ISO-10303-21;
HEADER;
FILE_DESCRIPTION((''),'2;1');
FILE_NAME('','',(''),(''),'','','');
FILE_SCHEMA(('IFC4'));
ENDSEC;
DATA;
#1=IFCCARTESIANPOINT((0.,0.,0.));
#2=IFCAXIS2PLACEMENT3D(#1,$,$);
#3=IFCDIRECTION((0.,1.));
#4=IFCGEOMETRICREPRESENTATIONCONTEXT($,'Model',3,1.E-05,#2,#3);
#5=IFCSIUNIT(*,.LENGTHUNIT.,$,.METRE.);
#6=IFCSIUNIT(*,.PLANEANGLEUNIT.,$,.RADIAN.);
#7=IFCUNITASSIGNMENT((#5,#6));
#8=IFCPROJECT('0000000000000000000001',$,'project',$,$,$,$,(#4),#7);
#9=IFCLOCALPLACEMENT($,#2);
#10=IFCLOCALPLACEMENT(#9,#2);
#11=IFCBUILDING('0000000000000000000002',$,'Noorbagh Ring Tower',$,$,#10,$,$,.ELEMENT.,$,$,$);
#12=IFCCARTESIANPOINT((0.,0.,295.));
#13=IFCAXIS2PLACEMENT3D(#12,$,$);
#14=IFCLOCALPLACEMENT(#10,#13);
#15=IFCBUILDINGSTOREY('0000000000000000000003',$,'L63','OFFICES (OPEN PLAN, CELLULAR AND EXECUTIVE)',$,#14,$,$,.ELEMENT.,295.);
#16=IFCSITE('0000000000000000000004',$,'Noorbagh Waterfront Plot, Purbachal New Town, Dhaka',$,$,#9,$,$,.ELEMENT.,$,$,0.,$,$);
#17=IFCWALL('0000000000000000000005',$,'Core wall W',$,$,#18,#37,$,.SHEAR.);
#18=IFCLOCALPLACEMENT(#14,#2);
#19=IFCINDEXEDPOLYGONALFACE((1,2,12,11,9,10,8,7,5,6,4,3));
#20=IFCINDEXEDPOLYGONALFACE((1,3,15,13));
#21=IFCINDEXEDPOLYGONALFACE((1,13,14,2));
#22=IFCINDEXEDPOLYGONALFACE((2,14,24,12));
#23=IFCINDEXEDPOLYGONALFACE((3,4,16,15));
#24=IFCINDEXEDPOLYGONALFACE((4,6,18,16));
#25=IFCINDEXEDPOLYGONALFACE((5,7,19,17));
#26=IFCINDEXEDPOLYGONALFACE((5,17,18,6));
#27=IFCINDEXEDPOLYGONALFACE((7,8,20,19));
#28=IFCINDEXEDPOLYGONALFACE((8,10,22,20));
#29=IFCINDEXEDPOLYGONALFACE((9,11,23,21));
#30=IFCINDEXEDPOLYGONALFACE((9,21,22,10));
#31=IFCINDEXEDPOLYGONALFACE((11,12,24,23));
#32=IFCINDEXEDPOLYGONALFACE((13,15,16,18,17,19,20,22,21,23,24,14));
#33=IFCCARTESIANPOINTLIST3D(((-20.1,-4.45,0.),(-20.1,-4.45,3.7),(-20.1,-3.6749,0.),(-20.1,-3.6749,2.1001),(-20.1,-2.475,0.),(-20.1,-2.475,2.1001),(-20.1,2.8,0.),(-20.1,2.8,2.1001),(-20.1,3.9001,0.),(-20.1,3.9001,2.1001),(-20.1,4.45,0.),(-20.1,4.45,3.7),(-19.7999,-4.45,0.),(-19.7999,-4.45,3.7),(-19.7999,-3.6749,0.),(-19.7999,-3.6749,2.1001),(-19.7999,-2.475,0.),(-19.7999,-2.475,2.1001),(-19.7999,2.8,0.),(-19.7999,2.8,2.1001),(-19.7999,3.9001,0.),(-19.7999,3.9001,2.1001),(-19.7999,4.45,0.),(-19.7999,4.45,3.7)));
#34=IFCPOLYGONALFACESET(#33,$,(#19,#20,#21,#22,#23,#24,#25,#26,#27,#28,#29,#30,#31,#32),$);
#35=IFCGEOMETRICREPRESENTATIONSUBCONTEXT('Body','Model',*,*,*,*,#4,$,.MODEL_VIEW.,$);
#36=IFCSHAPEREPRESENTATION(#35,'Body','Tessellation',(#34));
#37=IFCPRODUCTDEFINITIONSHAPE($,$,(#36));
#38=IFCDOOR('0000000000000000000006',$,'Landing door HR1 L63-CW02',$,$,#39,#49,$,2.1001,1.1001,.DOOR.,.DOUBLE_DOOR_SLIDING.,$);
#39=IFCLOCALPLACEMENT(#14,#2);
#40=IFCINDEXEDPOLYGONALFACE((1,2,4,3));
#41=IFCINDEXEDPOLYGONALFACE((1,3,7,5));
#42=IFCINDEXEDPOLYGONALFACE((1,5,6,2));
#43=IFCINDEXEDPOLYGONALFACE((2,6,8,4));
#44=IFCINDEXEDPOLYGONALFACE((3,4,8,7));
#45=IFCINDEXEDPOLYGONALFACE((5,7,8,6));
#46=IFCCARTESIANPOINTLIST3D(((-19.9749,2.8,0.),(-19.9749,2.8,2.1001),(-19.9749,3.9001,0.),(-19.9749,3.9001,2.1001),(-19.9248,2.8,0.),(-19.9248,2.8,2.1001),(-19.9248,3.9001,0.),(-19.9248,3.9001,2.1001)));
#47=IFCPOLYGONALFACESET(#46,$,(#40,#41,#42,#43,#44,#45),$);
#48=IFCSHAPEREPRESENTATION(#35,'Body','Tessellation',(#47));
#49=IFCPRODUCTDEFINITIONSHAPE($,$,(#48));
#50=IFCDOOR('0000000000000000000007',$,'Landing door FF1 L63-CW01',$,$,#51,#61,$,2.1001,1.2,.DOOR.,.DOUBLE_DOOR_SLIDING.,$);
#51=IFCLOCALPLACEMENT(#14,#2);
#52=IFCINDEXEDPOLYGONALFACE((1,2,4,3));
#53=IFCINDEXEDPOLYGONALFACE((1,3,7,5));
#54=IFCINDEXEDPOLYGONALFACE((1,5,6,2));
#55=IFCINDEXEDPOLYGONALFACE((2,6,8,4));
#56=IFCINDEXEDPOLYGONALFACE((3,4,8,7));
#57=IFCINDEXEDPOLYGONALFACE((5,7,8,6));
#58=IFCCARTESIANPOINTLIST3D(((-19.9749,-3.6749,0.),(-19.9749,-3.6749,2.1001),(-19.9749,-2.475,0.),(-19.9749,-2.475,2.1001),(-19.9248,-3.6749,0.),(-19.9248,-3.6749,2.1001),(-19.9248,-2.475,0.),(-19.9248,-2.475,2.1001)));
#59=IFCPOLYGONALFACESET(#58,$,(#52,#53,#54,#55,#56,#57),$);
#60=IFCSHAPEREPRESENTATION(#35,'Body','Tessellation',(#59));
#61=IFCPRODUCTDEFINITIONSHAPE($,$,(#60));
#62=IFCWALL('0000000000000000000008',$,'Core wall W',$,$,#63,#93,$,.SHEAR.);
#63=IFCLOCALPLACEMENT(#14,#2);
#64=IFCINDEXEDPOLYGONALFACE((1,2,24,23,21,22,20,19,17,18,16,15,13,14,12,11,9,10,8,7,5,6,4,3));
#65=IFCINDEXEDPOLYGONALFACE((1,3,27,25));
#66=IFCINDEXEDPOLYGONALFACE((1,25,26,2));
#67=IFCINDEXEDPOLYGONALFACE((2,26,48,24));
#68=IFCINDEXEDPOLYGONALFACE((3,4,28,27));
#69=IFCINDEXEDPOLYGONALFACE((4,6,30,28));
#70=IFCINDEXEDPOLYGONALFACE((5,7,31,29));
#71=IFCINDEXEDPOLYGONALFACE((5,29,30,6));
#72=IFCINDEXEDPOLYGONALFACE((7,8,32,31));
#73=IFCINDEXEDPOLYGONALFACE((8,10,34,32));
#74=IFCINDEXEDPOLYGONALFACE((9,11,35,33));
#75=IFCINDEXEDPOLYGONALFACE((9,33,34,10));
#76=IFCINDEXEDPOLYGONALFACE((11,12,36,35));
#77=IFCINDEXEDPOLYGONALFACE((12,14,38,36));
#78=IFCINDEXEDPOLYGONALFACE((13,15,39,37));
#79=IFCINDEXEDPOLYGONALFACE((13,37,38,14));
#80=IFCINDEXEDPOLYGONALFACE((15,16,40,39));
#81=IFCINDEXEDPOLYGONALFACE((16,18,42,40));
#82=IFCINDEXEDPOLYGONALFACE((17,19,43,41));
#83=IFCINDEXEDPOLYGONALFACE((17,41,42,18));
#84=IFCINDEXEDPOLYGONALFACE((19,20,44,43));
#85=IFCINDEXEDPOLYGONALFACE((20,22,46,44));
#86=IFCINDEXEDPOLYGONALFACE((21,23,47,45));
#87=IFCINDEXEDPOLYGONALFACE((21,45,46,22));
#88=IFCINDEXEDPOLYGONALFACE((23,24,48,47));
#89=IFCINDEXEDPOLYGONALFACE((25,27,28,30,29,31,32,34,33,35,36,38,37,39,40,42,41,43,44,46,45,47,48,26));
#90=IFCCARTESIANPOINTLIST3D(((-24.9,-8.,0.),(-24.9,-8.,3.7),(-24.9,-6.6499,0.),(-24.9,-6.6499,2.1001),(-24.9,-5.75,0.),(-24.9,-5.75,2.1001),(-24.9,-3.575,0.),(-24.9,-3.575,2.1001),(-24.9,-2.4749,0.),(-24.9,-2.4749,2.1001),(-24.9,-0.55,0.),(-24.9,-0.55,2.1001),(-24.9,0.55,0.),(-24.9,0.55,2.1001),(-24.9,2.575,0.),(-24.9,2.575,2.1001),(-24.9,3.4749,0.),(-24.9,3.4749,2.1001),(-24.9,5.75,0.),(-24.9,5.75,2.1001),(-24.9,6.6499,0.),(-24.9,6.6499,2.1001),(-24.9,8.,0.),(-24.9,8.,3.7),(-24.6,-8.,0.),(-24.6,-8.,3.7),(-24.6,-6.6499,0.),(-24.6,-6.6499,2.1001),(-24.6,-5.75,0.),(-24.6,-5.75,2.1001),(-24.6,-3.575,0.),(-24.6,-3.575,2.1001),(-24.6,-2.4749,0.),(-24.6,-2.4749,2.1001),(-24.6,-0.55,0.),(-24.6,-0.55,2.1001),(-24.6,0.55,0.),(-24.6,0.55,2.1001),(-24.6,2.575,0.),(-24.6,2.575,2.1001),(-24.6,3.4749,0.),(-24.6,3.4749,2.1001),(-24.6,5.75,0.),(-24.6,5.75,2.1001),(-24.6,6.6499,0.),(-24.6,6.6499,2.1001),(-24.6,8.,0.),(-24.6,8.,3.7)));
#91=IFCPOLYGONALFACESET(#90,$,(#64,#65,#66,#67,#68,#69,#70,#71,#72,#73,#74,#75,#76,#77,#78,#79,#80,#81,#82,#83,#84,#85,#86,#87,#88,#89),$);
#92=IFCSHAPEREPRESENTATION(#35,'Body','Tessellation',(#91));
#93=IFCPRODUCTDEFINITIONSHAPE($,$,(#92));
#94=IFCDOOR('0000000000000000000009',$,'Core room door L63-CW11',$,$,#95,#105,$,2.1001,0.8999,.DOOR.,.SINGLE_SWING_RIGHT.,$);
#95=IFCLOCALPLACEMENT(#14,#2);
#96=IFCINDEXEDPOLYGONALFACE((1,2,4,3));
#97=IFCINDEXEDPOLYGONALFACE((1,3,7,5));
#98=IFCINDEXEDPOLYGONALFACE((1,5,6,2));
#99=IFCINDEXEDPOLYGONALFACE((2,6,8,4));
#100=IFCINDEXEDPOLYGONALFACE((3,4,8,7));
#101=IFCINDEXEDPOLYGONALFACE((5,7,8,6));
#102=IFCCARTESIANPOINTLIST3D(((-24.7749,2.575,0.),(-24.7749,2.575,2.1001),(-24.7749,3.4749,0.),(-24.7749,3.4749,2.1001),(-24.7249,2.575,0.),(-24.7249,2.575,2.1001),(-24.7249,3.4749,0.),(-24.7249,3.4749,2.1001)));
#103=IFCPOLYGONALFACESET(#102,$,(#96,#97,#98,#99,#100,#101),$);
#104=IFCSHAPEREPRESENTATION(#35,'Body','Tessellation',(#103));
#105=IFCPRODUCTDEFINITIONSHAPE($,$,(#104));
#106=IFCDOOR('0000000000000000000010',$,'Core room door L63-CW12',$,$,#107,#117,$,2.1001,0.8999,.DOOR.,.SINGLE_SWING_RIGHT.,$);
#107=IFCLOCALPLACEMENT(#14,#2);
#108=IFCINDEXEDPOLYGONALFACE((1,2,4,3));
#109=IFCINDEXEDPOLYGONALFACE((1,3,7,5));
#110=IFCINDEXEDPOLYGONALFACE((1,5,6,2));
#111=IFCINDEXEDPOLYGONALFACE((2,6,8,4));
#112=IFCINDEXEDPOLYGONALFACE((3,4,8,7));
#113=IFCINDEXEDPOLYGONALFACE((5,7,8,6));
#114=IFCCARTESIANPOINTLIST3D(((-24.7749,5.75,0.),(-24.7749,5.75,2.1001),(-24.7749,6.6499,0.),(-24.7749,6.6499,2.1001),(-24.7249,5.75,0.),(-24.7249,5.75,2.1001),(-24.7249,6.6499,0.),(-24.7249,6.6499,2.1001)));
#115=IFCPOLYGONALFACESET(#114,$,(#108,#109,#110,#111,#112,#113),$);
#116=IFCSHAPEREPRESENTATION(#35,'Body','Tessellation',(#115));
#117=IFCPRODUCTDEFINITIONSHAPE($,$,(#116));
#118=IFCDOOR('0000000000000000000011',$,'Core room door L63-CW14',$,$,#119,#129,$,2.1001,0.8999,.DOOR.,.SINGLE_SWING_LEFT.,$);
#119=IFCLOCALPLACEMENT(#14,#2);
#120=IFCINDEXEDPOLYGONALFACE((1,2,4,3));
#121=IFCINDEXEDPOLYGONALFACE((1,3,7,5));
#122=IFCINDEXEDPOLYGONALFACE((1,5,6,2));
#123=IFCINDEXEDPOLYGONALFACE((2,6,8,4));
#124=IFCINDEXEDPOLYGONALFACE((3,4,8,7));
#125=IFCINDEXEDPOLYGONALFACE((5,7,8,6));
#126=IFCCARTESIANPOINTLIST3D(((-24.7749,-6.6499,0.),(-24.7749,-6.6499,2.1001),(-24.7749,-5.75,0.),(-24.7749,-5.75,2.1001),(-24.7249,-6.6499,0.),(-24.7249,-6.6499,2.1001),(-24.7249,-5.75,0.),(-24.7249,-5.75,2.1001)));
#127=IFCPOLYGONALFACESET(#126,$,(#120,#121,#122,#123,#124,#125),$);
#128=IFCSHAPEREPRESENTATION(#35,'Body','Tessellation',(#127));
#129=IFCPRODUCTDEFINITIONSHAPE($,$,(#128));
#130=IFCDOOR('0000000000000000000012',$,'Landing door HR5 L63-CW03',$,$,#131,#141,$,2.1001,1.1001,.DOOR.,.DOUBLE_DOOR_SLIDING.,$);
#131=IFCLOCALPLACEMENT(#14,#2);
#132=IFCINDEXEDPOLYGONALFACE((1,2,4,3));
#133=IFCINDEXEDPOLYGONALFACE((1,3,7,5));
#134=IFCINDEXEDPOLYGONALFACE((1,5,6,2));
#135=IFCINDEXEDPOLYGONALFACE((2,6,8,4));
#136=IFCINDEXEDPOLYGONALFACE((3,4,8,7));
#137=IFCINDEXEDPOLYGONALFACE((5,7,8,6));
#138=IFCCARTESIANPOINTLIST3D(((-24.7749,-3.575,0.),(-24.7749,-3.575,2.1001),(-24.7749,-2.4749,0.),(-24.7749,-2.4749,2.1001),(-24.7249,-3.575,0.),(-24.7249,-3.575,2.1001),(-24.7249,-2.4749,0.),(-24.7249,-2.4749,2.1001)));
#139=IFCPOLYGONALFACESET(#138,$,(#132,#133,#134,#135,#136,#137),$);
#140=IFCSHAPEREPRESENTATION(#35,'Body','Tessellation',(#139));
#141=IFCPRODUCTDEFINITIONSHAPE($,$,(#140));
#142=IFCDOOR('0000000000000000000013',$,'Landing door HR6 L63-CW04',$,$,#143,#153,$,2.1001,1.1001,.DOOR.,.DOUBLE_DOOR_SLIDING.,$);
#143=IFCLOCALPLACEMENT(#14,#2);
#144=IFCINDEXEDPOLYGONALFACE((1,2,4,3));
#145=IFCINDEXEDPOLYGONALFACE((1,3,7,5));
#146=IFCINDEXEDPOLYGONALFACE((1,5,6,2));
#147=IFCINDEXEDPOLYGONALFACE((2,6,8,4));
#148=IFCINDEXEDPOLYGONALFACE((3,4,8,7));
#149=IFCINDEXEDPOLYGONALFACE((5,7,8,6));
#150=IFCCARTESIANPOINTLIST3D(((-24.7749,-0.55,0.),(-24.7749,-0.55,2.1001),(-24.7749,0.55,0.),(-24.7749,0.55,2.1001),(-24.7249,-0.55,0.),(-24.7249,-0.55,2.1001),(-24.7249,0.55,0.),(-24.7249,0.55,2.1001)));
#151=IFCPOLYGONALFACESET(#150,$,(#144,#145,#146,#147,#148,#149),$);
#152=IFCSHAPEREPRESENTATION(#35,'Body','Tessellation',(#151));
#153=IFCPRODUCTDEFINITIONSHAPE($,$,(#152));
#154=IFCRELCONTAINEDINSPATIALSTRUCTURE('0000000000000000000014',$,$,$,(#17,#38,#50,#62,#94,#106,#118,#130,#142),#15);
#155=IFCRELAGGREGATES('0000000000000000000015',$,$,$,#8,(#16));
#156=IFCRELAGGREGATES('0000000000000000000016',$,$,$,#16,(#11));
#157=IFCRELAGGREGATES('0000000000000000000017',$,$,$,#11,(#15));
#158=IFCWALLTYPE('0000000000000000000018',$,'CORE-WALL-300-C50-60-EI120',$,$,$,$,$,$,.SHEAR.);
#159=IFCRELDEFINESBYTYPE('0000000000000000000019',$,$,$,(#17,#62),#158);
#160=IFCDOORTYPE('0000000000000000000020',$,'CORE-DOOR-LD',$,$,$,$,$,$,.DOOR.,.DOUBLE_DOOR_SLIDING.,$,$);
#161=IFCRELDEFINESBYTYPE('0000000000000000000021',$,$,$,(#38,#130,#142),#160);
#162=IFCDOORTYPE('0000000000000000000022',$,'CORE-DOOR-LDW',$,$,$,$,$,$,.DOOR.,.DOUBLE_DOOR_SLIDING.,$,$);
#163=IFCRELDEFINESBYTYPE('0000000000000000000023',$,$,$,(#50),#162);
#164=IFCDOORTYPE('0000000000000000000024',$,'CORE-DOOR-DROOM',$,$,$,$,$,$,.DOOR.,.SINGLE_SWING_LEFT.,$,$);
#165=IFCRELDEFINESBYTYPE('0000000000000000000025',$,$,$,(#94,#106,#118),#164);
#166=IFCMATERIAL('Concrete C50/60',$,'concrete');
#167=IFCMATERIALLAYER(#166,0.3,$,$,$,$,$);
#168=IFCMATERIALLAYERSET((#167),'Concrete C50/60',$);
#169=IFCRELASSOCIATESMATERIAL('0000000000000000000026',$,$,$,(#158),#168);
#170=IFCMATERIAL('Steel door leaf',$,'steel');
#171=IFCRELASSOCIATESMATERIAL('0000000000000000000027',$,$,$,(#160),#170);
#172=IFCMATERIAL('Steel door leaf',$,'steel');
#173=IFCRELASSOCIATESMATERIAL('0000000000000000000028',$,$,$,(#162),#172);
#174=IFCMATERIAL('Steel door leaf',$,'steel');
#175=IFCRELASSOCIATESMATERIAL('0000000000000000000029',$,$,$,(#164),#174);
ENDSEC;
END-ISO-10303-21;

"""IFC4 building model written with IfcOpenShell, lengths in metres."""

from ifc_helpers import new_model, si_unit, direction, frame, frame_2d, origin, place, context, subcontext, project, spatial, rectangle, extrude, material, layer, layer_set, type_object, element, fill, save


model = new_model("IFC4")

# Units and contexts
model_context = context("Model", 3, precision=1e-05, world=origin(), true_north=direction((0.0, 1.0)))
body_context = subcontext(model_context, "Body", "Model", "MODEL_VIEW")
ifc_project = project(units=[si_unit("LENGTHUNIT", "METRE"), si_unit("PLANEANGLEUNIT", "RADIAN")], contexts=[model_context])

# Site, building, storey
site_placement = place(None, origin())
site = spatial("IfcSite", under=ifc_project, at=site_placement, Name="Noorbagh Waterfront Plot, Purbachal New Town, Dhaka", CompositionType="ELEMENT", RefElevation=0.0)
building_placement = place(site_placement, origin())
building = spatial("IfcBuilding", under=site, at=building_placement, Name="Noorbagh Ring Tower", CompositionType="ELEMENT")
storey_placement = place(building_placement, frame((0.0, 0.0, 295.0)))
storey = spatial("IfcBuildingStorey", under=building, at=storey_placement, Name="L63", Description="OFFICES (OPEN PLAN, CELLULAR AND EXECUTIVE)", CompositionType="ELEMENT", Elevation=295.0)

# Shared definitions
ifc_material_1 = material(Name="Concrete C50/60", Category="concrete")
ifc_layer_1 = layer(ifc_material_1, 0.3)
ifc_layer_set_1 = layer_set([ifc_layer_1], Name="Concrete C50/60")
wall_type_1 = type_object("IfcWallType", Name="CORE-WALL-300-C50-60-EI120", PredefinedType="SHEAR", material=ifc_layer_set_1)

# Walls, openings, doors
wall_1_placement = place(storey_placement, frame((-19.95, -4.45, 0.0), z_axis=(0.0, 0.0, 1.0), x_axis=(0.0, 1.0, 0.0)))
wall_1 = element("IfcWall", 1, at=wall_1_placement, inside=storey, type_object=wall_type_1, Name="Core wall W", PredefinedType="SHEAR", context=body_context, shape_type="SweptSolid", body=[
    extrude(rectangle(XDim=8.8999, YDim=0.3, at=frame_2d((4.45, 0.0))), origin(), (0.0, 0.0, 1.0), 3.7),
])
opening_1_placement = place(wall_1_placement, frame((0.7749, 0.0, 0.0)))
opening_1 = element("IfcOpeningElement", 2, at=opening_1_placement, cuts=wall_1, PredefinedType="OPENING", context=body_context, shape_type="SweptSolid", body=[
    extrude(rectangle(XDim=1.2, YDim=2.1001, at=frame_2d((0.6001, 1.05))), frame((0.0, 0.1602, 0.0), z_axis=(0.0, -1.0, 0.0), x_axis=(1.0, 0.0, 0.0)), (0.0, 0.0, 1.0), 0.3201),
])
opening_2_placement = place(wall_1_placement, frame((7.25, 0.0, 0.0)))
opening_2 = element("IfcOpeningElement", 3, at=opening_2_placement, cuts=wall_1, PredefinedType="OPENING", context=body_context, shape_type="SweptSolid", body=[
    extrude(rectangle(XDim=1.1001, YDim=2.1001, at=frame_2d((0.55, 1.05))), frame((0.0, 0.1602, 0.0), z_axis=(0.0, -1.0, 0.0), x_axis=(1.0, 0.0, 0.0)), (0.0, 0.0, 1.0), 0.3201),
])
ifc_material_2 = material(Name="Steel door leaf", Category="steel")
door_type_1 = type_object("IfcDoorType", Name="CORE-DOOR-LD", OperationType="DOUBLE_DOOR_SLIDING", PredefinedType="DOOR", material=ifc_material_2)
door_1_placement = place(opening_2_placement, origin())
door_1 = element("IfcDoor", 4, at=door_1_placement, inside=storey, type_object=door_type_1, Name="Landing door HR1 L63-CW02", OperationType="DOUBLE_DOOR_SLIDING", OverallHeight=2.1001, OverallWidth=1.1001, PredefinedType="DOOR", context=body_context, shape_type="SweptSolid", body=[
    extrude(rectangle(XDim=1.1001, YDim=2.1001, at=frame_2d((0.55, 1.05))), frame((0.0, 0.0249, 0.0), z_axis=(0.0, -1.0, 0.0), x_axis=(1.0, 0.0, 0.0)), (0.0, 0.0, 1.0), 0.05),
])
fill(opening_2, door_1)
ifc_material_3 = material(Name="Steel door leaf", Category="steel")
door_type_2 = type_object("IfcDoorType", Name="CORE-DOOR-LDW", OperationType="DOUBLE_DOOR_SLIDING", PredefinedType="DOOR", material=ifc_material_3)
door_2_placement = place(opening_1_placement, origin())
door_2 = element("IfcDoor", 5, at=door_2_placement, inside=storey, type_object=door_type_2, Name="Landing door FF1 L63-CW01", OperationType="DOUBLE_DOOR_SLIDING", OverallHeight=2.1001, OverallWidth=1.2, PredefinedType="DOOR", context=body_context, shape_type="SweptSolid", body=[
    extrude(rectangle(XDim=1.2, YDim=2.1001, at=frame_2d((0.6001, 1.05))), frame((0.0, 0.0249, 0.0), z_axis=(0.0, -1.0, 0.0), x_axis=(1.0, 0.0, 0.0)), (0.0, 0.0, 1.0), 0.05),
])
fill(opening_1, door_2)
wall_2_placement = place(storey_placement, frame((-24.75, -8.0, 0.0), z_axis=(0.0, 0.0, 1.0), x_axis=(0.0, 1.0, 0.0)))
wall_2 = element("IfcWall", 6, at=wall_2_placement, inside=storey, type_object=wall_type_1, Name="Core wall W", PredefinedType="SHEAR", context=body_context, shape_type="SweptSolid", body=[
    extrude(rectangle(XDim=16.0, YDim=0.3, at=frame_2d((8.0, 0.0))), origin(), (0.0, 0.0, 1.0), 3.7),
])
opening_3_placement = place(wall_2_placement, frame((4.425, 0.0, 0.0)))
opening_3 = element("IfcOpeningElement", 7, at=opening_3_placement, cuts=wall_2, PredefinedType="OPENING", context=body_context, shape_type="SweptSolid", body=[
    extrude(rectangle(XDim=1.1001, YDim=2.1001, at=frame_2d((0.55, 1.05))), frame((0.0, 0.1602, 0.0), z_axis=(0.0, -1.0, 0.0), x_axis=(1.0, 0.0, 0.0)), (0.0, 0.0, 1.0), 0.3201),
])
opening_4_placement = place(wall_2_placement, frame((7.45, 0.0, 0.0)))
opening_4 = element("IfcOpeningElement", 8, at=opening_4_placement, cuts=wall_2, PredefinedType="OPENING", context=body_context, shape_type="SweptSolid", body=[
    extrude(rectangle(XDim=1.1001, YDim=2.1001, at=frame_2d((0.55, 1.05))), frame((0.0, 0.1602, 0.0), z_axis=(0.0, -1.0, 0.0), x_axis=(1.0, 0.0, 0.0)), (0.0, 0.0, 1.0), 0.3201),
])
opening_5_placement = place(wall_2_placement, frame((10.575, 0.0, 0.0)))
opening_5 = element("IfcOpeningElement", 9, at=opening_5_placement, cuts=wall_2, PredefinedType="OPENING", context=body_context, shape_type="SweptSolid", body=[
    extrude(rectangle(XDim=0.8999, YDim=2.1001, at=frame_2d((0.45, 1.05))), frame((0.0, 0.1602, 0.0), z_axis=(0.0, -1.0, 0.0), x_axis=(1.0, 0.0, 0.0)), (0.0, 0.0, 1.0), 0.3201),
])
opening_6_placement = place(wall_2_placement, frame((13.75, 0.0, 0.0)))
opening_6 = element("IfcOpeningElement", 10, at=opening_6_placement, cuts=wall_2, PredefinedType="OPENING", context=body_context, shape_type="SweptSolid", body=[
    extrude(rectangle(XDim=0.8999, YDim=2.1001, at=frame_2d((0.45, 1.05))), frame((0.0, 0.1602, 0.0), z_axis=(0.0, -1.0, 0.0), x_axis=(1.0, 0.0, 0.0)), (0.0, 0.0, 1.0), 0.3201),
])
opening_7_placement = place(wall_2_placement, frame((1.3501, 0.0, 0.0)))
opening_7 = element("IfcOpeningElement", 11, at=opening_7_placement, cuts=wall_2, PredefinedType="OPENING", context=body_context, shape_type="SweptSolid", body=[
    extrude(rectangle(XDim=0.8999, YDim=2.1001, at=frame_2d((0.45, 1.05))), frame((0.0, 0.1602, 0.0), z_axis=(0.0, -1.0, 0.0), x_axis=(1.0, 0.0, 0.0)), (0.0, 0.0, 1.0), 0.3201),
])
ifc_material_4 = material(Name="Steel door leaf", Category="steel")
door_type_3 = type_object("IfcDoorType", Name="CORE-DOOR-DROOM", OperationType="SINGLE_SWING_LEFT", PredefinedType="DOOR", material=ifc_material_4)
door_3_placement = place(opening_5_placement, origin())
door_3 = element("IfcDoor", 12, at=door_3_placement, inside=storey, type_object=door_type_3, Name="Core room door L63-CW11", OperationType="SINGLE_SWING_RIGHT", OverallHeight=2.1001, OverallWidth=0.8999, PredefinedType="DOOR", context=body_context, shape_type="SweptSolid", body=[
    extrude(rectangle(XDim=0.8999, YDim=2.1001, at=frame_2d((0.45, 1.05))), frame((0.0, 0.0249, 0.0), z_axis=(0.0, -1.0, 0.0), x_axis=(1.0, 0.0, 0.0)), (0.0, 0.0, 1.0), 0.05),
])
fill(opening_5, door_3)
door_4_placement = place(opening_6_placement, origin())
door_4 = element("IfcDoor", 13, at=door_4_placement, inside=storey, type_object=door_type_3, Name="Core room door L63-CW12", OperationType="SINGLE_SWING_RIGHT", OverallHeight=2.1001, OverallWidth=0.8999, PredefinedType="DOOR", context=body_context, shape_type="SweptSolid", body=[
    extrude(rectangle(XDim=0.8999, YDim=2.1001, at=frame_2d((0.45, 1.05))), frame((0.0, 0.0249, 0.0), z_axis=(0.0, -1.0, 0.0), x_axis=(1.0, 0.0, 0.0)), (0.0, 0.0, 1.0), 0.05),
])
fill(opening_6, door_4)
door_5_placement = place(opening_7_placement, origin())
door_5 = element("IfcDoor", 14, at=door_5_placement, inside=storey, type_object=door_type_3, Name="Core room door L63-CW14", OperationType="SINGLE_SWING_LEFT", OverallHeight=2.1001, OverallWidth=0.8999, PredefinedType="DOOR", context=body_context, shape_type="SweptSolid", body=[
    extrude(rectangle(XDim=0.8999, YDim=2.1001, at=frame_2d((0.45, 1.05))), frame((0.0, 0.0249, 0.0), z_axis=(0.0, -1.0, 0.0), x_axis=(1.0, 0.0, 0.0)), (0.0, 0.0, 1.0), 0.05),
])
fill(opening_7, door_5)
door_6_placement = place(opening_3_placement, origin())
door_6 = element("IfcDoor", 15, at=door_6_placement, inside=storey, type_object=door_type_1, Name="Landing door HR5 L63-CW03", OperationType="DOUBLE_DOOR_SLIDING", OverallHeight=2.1001, OverallWidth=1.1001, PredefinedType="DOOR", context=body_context, shape_type="SweptSolid", body=[
    extrude(rectangle(XDim=1.1001, YDim=2.1001, at=frame_2d((0.55, 1.05))), frame((0.0, 0.0249, 0.0), z_axis=(0.0, -1.0, 0.0), x_axis=(1.0, 0.0, 0.0)), (0.0, 0.0, 1.0), 0.05),
])
fill(opening_3, door_6)
door_7_placement = place(opening_4_placement, origin())
door_7 = element("IfcDoor", 16, at=door_7_placement, inside=storey, type_object=door_type_1, Name="Landing door HR6 L63-CW04", OperationType="DOUBLE_DOOR_SLIDING", OverallHeight=2.1001, OverallWidth=1.1001, PredefinedType="DOOR", context=body_context, shape_type="SweptSolid", body=[
    extrude(rectangle(XDim=1.1001, YDim=2.1001, at=frame_2d((0.55, 1.05))), frame((0.0, 0.0249, 0.0), z_axis=(0.0, -1.0, 0.0), x_axis=(1.0, 0.0, 0.0)), (0.0, 0.0, 1.0), 0.05),
])
fill(opening_4, door_7)

save(model, "model.ifc")
